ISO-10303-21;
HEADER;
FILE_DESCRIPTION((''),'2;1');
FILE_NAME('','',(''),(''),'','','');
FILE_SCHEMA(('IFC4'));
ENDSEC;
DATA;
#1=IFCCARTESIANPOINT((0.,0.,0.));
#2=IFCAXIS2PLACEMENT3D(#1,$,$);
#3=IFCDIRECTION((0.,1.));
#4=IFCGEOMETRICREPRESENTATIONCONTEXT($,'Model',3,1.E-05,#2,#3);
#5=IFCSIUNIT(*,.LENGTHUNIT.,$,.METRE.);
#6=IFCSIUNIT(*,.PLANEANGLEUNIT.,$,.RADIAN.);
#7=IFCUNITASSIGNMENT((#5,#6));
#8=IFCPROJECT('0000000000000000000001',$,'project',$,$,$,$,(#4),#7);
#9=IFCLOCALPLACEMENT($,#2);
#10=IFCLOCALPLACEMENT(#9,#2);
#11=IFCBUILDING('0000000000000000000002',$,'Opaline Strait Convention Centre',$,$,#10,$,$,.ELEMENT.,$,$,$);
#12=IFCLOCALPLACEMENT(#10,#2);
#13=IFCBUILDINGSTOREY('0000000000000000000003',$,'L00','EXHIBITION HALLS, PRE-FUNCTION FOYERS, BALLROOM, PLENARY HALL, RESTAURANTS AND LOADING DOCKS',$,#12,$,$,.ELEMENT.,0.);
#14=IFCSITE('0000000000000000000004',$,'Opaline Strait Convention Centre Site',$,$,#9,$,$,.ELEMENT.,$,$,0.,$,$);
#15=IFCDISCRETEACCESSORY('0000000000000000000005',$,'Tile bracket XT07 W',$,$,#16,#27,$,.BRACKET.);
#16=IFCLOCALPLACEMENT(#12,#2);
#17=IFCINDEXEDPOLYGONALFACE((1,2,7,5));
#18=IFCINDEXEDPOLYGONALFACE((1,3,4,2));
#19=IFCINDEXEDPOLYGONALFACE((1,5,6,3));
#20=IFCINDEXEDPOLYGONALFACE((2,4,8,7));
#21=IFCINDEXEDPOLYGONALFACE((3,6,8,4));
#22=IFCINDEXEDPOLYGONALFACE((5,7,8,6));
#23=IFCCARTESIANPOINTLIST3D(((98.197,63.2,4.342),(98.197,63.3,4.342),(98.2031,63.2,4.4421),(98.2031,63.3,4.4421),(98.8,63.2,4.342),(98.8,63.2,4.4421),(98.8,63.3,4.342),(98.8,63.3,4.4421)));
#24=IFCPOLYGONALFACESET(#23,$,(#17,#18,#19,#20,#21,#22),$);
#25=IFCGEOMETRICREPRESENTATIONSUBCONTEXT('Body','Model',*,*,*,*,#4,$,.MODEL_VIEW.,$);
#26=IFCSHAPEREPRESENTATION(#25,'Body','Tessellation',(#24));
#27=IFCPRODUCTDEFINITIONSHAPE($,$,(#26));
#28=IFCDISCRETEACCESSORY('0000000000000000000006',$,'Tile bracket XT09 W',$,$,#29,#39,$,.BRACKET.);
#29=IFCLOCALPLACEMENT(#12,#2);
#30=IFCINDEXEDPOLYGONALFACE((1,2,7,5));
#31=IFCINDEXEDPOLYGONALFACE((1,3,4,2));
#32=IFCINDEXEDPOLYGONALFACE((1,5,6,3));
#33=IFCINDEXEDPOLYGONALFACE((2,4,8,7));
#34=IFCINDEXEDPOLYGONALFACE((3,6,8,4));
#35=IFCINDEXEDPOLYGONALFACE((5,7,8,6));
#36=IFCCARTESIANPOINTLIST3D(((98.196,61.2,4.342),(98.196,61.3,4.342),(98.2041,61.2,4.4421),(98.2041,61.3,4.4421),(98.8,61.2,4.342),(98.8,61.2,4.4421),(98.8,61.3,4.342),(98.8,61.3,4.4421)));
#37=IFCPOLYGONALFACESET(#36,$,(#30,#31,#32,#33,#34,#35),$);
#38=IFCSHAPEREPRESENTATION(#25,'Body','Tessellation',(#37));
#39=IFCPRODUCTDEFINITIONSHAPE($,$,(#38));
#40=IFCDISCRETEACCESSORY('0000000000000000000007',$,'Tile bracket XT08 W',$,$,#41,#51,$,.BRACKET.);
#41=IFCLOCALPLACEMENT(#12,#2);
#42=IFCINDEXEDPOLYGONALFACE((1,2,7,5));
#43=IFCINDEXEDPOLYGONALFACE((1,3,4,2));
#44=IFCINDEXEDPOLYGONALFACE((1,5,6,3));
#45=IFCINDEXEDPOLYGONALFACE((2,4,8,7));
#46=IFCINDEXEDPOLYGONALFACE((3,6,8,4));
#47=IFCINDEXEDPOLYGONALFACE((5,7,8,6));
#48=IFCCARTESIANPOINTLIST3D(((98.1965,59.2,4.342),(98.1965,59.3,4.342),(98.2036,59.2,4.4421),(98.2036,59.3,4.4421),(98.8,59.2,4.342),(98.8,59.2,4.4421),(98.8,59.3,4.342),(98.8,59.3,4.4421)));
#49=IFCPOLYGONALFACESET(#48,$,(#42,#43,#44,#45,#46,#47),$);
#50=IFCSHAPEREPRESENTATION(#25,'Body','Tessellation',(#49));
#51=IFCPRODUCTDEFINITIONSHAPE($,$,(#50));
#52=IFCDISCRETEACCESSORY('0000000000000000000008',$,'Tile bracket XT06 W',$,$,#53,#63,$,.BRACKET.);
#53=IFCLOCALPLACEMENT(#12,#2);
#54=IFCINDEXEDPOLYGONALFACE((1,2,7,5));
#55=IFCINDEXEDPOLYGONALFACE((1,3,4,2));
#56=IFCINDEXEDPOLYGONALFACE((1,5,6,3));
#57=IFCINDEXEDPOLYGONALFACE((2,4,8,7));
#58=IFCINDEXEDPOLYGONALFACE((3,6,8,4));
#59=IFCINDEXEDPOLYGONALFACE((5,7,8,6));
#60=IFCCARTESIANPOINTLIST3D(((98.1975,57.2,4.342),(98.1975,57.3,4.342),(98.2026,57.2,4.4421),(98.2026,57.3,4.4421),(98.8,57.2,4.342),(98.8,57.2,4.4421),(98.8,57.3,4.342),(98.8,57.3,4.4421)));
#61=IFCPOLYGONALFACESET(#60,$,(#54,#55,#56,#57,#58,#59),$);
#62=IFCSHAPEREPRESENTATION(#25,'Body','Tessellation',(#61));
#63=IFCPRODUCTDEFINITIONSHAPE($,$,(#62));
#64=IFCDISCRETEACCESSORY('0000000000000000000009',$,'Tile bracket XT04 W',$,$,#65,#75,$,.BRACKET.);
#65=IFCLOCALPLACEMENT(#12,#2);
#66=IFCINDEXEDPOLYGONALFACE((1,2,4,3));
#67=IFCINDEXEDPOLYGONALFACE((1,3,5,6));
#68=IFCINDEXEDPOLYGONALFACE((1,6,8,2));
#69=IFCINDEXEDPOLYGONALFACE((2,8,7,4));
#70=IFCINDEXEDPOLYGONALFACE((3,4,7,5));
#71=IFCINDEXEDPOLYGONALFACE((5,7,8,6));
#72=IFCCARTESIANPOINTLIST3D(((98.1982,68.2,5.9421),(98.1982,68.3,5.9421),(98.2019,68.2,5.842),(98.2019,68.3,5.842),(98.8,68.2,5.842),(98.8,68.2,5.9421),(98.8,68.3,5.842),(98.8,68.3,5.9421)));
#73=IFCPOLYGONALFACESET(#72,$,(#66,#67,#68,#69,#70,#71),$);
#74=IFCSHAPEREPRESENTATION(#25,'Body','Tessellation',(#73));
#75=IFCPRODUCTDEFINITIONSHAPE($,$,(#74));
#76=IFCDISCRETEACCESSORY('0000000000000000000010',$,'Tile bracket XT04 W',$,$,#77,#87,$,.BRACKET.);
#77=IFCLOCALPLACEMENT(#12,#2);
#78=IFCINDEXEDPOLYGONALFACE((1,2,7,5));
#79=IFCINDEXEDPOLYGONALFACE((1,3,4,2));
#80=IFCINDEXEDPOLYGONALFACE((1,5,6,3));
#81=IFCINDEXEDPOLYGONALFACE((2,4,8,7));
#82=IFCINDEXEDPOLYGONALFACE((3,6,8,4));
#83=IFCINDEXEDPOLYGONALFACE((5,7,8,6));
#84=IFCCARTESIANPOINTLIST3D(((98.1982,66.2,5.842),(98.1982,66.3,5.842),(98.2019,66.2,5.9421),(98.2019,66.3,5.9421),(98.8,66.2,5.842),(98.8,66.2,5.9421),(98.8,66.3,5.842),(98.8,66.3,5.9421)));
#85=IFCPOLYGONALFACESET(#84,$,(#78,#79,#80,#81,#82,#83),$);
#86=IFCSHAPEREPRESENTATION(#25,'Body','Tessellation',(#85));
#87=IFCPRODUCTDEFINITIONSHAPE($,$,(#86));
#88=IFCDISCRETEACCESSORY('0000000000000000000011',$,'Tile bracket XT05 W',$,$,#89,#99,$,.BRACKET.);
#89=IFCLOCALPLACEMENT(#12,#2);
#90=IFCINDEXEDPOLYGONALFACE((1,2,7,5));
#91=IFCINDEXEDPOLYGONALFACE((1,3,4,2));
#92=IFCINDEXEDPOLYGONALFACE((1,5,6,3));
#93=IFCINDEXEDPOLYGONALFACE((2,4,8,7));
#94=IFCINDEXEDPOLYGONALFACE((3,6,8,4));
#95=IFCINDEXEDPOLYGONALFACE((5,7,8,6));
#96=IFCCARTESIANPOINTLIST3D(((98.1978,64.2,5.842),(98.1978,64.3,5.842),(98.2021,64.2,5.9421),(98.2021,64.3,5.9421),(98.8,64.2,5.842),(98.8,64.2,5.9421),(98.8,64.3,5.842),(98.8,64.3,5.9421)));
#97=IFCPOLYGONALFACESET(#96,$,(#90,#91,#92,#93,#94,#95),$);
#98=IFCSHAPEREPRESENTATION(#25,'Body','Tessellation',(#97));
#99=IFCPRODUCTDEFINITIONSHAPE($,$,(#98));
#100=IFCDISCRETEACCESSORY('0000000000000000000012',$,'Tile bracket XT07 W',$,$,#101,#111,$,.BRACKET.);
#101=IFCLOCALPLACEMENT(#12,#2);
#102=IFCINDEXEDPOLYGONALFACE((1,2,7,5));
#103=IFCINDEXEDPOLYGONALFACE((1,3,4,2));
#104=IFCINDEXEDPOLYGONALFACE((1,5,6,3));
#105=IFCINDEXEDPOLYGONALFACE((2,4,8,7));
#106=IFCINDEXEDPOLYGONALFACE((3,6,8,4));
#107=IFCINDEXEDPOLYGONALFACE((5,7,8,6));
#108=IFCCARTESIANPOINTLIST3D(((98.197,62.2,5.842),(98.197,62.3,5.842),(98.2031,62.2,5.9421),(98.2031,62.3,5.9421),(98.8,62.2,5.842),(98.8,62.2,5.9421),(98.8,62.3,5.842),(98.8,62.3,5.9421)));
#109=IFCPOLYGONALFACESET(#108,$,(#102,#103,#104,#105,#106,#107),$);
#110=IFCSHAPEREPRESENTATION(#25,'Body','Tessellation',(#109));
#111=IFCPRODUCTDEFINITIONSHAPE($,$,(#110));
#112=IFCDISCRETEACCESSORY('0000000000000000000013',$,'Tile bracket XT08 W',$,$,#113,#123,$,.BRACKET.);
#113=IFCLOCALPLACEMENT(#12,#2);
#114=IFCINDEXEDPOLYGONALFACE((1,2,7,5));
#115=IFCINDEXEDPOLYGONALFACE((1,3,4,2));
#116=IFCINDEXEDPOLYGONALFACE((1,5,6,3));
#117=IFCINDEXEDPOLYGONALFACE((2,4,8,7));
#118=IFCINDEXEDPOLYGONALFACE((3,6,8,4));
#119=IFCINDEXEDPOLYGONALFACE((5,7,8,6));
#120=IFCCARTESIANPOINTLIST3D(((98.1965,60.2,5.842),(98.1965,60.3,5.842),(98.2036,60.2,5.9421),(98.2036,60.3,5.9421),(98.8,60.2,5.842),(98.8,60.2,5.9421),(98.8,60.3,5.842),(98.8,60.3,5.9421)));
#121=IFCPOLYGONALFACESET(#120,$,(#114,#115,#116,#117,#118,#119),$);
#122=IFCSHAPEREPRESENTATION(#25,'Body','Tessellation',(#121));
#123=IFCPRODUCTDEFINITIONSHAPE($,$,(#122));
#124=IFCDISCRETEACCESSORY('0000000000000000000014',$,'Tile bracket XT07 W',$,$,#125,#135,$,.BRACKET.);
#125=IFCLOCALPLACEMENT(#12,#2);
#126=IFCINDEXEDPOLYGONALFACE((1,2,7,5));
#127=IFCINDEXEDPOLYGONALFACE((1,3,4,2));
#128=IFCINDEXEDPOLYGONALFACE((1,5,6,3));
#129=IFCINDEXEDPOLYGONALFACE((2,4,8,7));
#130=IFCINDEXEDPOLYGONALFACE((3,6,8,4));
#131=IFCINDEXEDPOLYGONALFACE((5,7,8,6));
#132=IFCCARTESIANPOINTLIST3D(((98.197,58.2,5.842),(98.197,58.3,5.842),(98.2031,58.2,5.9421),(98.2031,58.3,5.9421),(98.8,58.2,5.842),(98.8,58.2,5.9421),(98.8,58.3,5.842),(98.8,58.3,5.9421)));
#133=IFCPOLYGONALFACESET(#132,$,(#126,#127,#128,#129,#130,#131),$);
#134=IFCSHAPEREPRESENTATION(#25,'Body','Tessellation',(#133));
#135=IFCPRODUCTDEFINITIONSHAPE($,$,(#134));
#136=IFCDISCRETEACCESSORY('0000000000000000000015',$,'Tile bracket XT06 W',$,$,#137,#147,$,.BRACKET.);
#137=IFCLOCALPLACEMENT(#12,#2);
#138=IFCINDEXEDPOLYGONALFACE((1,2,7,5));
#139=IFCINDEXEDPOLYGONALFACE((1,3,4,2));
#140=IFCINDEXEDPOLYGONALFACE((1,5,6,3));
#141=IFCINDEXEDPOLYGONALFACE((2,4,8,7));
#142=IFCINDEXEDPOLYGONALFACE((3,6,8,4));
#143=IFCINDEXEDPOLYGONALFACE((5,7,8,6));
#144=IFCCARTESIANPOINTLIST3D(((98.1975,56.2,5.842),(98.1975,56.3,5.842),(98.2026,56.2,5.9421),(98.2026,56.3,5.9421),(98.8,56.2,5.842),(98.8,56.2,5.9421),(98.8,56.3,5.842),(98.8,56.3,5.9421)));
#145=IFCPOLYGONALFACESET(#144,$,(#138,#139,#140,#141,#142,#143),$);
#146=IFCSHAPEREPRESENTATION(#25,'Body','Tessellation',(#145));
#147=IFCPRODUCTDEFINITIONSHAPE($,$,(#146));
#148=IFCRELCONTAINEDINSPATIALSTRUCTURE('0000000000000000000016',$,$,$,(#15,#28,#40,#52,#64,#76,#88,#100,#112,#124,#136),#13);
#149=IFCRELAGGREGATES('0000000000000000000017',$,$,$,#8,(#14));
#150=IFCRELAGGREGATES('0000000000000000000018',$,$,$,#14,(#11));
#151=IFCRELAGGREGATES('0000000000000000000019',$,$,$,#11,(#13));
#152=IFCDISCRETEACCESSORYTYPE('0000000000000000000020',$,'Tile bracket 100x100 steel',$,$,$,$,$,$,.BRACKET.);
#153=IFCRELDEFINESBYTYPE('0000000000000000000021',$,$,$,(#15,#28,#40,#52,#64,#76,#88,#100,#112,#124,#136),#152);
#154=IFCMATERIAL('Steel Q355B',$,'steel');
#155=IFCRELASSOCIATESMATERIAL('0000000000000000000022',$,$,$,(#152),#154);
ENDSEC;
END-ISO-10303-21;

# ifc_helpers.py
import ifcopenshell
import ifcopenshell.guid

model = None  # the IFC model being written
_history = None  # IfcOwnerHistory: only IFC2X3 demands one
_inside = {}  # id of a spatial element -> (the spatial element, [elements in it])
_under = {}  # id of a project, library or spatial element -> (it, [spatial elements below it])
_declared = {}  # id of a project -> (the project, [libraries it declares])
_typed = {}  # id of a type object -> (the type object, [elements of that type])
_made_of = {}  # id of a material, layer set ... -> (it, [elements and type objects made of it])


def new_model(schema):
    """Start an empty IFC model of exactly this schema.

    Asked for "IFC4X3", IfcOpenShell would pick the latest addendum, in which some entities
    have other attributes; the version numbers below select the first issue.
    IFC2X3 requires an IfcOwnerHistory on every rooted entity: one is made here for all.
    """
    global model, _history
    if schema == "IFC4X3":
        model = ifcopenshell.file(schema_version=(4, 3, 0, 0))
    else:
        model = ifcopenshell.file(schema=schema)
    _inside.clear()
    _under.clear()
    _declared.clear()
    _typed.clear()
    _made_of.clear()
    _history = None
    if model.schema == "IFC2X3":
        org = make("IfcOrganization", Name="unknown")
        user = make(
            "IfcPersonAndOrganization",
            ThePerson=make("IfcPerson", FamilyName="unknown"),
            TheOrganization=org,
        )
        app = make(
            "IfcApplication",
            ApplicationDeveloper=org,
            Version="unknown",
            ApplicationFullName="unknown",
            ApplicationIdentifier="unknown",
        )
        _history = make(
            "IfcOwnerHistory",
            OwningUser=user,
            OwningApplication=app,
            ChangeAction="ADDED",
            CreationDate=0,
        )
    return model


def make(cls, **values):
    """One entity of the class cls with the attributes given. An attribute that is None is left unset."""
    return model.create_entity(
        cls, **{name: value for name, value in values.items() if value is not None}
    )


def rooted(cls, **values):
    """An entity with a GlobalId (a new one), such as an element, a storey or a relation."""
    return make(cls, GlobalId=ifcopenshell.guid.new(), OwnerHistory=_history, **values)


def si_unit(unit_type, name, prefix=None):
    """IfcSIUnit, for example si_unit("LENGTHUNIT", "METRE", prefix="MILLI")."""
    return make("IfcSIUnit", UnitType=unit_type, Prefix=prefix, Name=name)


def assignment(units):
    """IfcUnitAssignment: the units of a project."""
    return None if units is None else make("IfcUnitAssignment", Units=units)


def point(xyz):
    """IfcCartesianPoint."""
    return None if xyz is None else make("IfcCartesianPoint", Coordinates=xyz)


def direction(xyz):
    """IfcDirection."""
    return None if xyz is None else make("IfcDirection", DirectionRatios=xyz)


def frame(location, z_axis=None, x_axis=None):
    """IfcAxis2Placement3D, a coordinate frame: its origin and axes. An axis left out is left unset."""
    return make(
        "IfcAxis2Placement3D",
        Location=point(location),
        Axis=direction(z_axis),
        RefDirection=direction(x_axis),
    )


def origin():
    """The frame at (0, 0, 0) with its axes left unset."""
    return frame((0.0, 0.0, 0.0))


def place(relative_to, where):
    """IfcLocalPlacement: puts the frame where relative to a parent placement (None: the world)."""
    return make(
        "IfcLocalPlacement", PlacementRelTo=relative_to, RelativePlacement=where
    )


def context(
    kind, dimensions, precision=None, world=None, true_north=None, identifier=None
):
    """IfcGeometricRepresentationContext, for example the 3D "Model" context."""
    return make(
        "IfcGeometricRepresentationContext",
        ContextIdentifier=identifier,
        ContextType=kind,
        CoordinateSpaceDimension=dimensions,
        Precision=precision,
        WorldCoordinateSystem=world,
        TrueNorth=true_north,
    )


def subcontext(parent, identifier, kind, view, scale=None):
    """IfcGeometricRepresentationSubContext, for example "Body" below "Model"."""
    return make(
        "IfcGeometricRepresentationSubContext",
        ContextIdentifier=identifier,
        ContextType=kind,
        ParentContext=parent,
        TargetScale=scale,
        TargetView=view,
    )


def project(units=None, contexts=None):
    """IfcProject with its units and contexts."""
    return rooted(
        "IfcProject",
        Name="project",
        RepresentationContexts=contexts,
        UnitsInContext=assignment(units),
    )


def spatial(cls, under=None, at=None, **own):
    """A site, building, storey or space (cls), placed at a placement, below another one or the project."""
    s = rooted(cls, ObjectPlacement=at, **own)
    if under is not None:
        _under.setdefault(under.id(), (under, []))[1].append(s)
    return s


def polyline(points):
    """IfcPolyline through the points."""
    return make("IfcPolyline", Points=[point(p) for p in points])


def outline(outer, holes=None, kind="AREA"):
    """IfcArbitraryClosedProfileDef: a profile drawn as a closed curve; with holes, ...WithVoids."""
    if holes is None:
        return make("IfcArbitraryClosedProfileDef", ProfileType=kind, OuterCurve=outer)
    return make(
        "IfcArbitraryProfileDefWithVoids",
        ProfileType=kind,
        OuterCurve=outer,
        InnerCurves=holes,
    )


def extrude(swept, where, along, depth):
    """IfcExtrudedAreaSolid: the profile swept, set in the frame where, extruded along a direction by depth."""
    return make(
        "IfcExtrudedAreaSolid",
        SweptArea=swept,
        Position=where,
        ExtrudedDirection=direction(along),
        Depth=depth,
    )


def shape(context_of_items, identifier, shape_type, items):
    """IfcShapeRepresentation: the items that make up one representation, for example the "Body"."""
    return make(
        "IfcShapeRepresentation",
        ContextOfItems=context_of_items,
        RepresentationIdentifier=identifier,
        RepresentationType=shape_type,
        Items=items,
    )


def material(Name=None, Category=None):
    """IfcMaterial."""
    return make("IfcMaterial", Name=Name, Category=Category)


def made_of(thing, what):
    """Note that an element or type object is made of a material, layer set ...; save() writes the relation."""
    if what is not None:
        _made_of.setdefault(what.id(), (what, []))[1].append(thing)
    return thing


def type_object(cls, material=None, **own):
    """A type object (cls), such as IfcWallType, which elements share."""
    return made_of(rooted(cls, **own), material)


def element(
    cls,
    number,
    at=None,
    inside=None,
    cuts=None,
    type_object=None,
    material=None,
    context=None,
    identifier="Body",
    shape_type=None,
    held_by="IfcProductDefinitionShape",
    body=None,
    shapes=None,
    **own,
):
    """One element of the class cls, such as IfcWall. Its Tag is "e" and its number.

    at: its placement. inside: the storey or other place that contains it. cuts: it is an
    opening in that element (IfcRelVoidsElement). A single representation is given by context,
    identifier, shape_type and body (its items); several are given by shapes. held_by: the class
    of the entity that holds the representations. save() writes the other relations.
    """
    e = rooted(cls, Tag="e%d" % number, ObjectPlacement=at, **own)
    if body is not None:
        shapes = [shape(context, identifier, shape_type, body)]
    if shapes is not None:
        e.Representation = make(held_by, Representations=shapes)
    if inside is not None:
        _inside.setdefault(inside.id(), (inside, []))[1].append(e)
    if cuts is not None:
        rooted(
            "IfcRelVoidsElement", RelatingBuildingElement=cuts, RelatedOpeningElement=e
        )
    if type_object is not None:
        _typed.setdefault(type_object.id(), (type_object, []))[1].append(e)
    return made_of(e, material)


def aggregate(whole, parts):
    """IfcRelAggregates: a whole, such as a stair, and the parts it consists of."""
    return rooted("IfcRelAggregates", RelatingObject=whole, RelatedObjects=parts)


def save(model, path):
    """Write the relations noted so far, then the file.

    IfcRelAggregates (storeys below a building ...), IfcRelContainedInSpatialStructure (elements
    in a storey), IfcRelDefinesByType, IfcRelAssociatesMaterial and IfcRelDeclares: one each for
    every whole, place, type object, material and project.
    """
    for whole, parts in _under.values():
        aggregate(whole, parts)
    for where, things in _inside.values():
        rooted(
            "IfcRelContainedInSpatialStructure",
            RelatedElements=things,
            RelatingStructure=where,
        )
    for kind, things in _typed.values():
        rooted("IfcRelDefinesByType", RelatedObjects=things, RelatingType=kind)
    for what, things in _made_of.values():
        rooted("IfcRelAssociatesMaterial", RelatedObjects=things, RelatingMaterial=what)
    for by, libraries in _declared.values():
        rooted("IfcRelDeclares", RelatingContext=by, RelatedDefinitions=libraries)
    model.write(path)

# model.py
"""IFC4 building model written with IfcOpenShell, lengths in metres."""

from ifc_helpers import new_model, si_unit, direction, frame, origin, place, context, subcontext, project, spatial, polyline, outline, extrude, material, type_object, element, save


model = new_model("IFC4")

# Units and contexts
model_context = context("Model", 3, precision=1e-05, world=origin(), true_north=direction((0.0, 1.0)))
body_context = subcontext(model_context, "Body", "Model", "MODEL_VIEW")
ifc_project = project(units=[si_unit("LENGTHUNIT", "METRE"), si_unit("PLANEANGLEUNIT", "RADIAN")], contexts=[model_context])

# Site, building, storey
site_placement = place(None, origin())
site = spatial("IfcSite", under=ifc_project, at=site_placement, Name="Opaline Strait Convention Centre Site", CompositionType="ELEMENT", RefElevation=0.0)
building_placement = place(site_placement, origin())
building = spatial("IfcBuilding", under=site, at=building_placement, Name="Opaline Strait Convention Centre", CompositionType="ELEMENT")
storey_placement = place(building_placement, origin())
storey = spatial("IfcBuildingStorey", under=building, at=storey_placement, Name="L00", Description="EXHIBITION HALLS, PRE-FUNCTION FOYERS, BALLROOM, PLENARY HALL, RESTAURANTS AND LOADING DOCKS", CompositionType="ELEMENT", Elevation=0.0)

# Shared definitions
ifc_material_1 = material(Name="Steel Q355B", Category="steel")

# Discrete accessories
discrete_accessory_type = type_object("IfcDiscreteAccessoryType", Name="Tile bracket 100x100 steel", PredefinedType="BRACKET", material=ifc_material_1)
discrete_accessory_1_placement = place(storey_placement, frame((98.8, 63.3, 4.3921), z_axis=(0.0, -1.0, 0.0), x_axis=(1.0, 0.0, 0.0)))
element("IfcDiscreteAccessory", 1, at=discrete_accessory_1_placement, inside=storey, type_object=discrete_accessory_type, Name="Tile bracket XT07 W", PredefinedType="BRACKET", context=body_context, shape_type="SweptSolid", body=[
    extrude(outline(polyline([(0.0, -0.05), (0.0, 0.05), (-0.5969, 0.05), (-0.603, -0.05), (0.0, -0.05)])), origin(), (0.0, 0.0, 1.0), 0.1001),
])
discrete_accessory_2_placement = place(storey_placement, frame((98.8, 61.3, 4.3921), z_axis=(0.0, -1.0, 0.0), x_axis=(1.0, 0.0, 0.0)))
element("IfcDiscreteAccessory", 2, at=discrete_accessory_2_placement, inside=storey, type_object=discrete_accessory_type, Name="Tile bracket XT09 W", PredefinedType="BRACKET", context=body_context, shape_type="SweptSolid", body=[
    extrude(outline(polyline([(0.0, -0.05), (0.0, 0.05), (-0.5959, 0.05), (-0.604, -0.05), (0.0, -0.05)])), origin(), (0.0, 0.0, 1.0), 0.1001),
])
discrete_accessory_3_placement = place(storey_placement, frame((98.8, 59.3, 4.3921), z_axis=(0.0, -1.0, 0.0), x_axis=(1.0, 0.0, 0.0)))
element("IfcDiscreteAccessory", 3, at=discrete_accessory_3_placement, inside=storey, type_object=discrete_accessory_type, Name="Tile bracket XT08 W", PredefinedType="BRACKET", context=body_context, shape_type="SweptSolid", body=[
    extrude(outline(polyline([(0.0, -0.05), (0.0, 0.05), (-0.5964, 0.05), (-0.6035, -0.05), (0.0, -0.05)])), origin(), (0.0, 0.0, 1.0), 0.1001),
])
discrete_accessory_4_placement = place(storey_placement, frame((98.8, 57.3, 4.3921), z_axis=(0.0, -1.0, 0.0), x_axis=(1.0, 0.0, 0.0)))
element("IfcDiscreteAccessory", 4, at=discrete_accessory_4_placement, inside=storey, type_object=discrete_accessory_type, Name="Tile bracket XT06 W", PredefinedType="BRACKET", context=body_context, shape_type="SweptSolid", body=[
    extrude(outline(polyline([(0.0, -0.05), (0.0, 0.05), (-0.5974, 0.05), (-0.6025, -0.05), (0.0, -0.05)])), origin(), (0.0, 0.0, 1.0), 0.1001),
])
discrete_accessory_5_placement = place(storey_placement, frame((98.8, 68.3, 5.8921), z_axis=(0.0, -1.0, 0.0), x_axis=(1.0, 0.0, 0.0)))
element("IfcDiscreteAccessory", 5, at=discrete_accessory_5_placement, inside=storey, type_object=discrete_accessory_type, Name="Tile bracket XT04 W", PredefinedType="BRACKET", context=body_context, shape_type="SweptSolid", body=[
    extrude(outline(polyline([(0.0, -0.05), (0.0, 0.05), (-0.6018, 0.05), (-0.5981, -0.05), (0.0, -0.05)])), origin(), (0.0, 0.0, 1.0), 0.1001),
])
discrete_accessory_6_placement = place(storey_placement, frame((98.8, 66.3, 5.8921), z_axis=(0.0, -1.0, 0.0), x_axis=(1.0, 0.0, 0.0)))
element("IfcDiscreteAccessory", 6, at=discrete_accessory_6_placement, inside=storey, type_object=discrete_accessory_type, Name="Tile bracket XT04 W", PredefinedType="BRACKET", context=body_context, shape_type="SweptSolid", body=[
    extrude(outline(polyline([(0.0, -0.05), (0.0, 0.05), (-0.5981, 0.05), (-0.6018, -0.05), (0.0, -0.05)])), origin(), (0.0, 0.0, 1.0), 0.1001),
])
discrete_accessory_7_placement = place(storey_placement, frame((98.8, 64.3, 5.8921), z_axis=(0.0, -1.0, 0.0), x_axis=(1.0, 0.0, 0.0)))
element("IfcDiscreteAccessory", 7, at=discrete_accessory_7_placement, inside=storey, type_object=discrete_accessory_type, Name="Tile bracket XT05 W", PredefinedType="BRACKET", context=body_context, shape_type="SweptSolid", body=[
    extrude(outline(polyline([(0.0, -0.05), (0.0, 0.05), (-0.5979, 0.05), (-0.6023, -0.05), (0.0, -0.05)])), origin(), (0.0, 0.0, 1.0), 0.1001),
])
discrete_accessory_8_placement = place(storey_placement, frame((98.8, 62.3, 5.8921), z_axis=(0.0, -1.0, 0.0), x_axis=(1.0, 0.0, 0.0)))
element("IfcDiscreteAccessory", 8, at=discrete_accessory_8_placement, inside=storey, type_object=discrete_accessory_type, Name="Tile bracket XT07 W", PredefinedType="BRACKET", context=body_context, shape_type="SweptSolid", body=[
    extrude(outline(polyline([(0.0, -0.05), (0.0, 0.05), (-0.5969, 0.05), (-0.603, -0.05), (0.0, -0.05)])), origin(), (0.0, 0.0, 1.0), 0.1001),
])
discrete_accessory_9_placement = place(storey_placement, frame((98.8, 60.3, 5.8921), z_axis=(0.0, -1.0, 0.0), x_axis=(1.0, 0.0, 0.0)))
element("IfcDiscreteAccessory", 9, at=discrete_accessory_9_placement, inside=storey, type_object=discrete_accessory_type, Name="Tile bracket XT08 W", PredefinedType="BRACKET", context=body_context, shape_type="SweptSolid", body=[
    extrude(outline(polyline([(0.0, -0.05), (0.0, 0.05), (-0.5964, 0.05), (-0.6035, -0.05), (0.0, -0.05)])), origin(), (0.0, 0.0, 1.0), 0.1001),
])
discrete_accessory_10_placement = place(storey_placement, frame((98.8, 58.3, 5.8921), z_axis=(0.0, -1.0, 0.0), x_axis=(1.0, 0.0, 0.0)))
element("IfcDiscreteAccessory", 10, at=discrete_accessory_10_placement, inside=storey, type_object=discrete_accessory_type, Name="Tile bracket XT07 W", PredefinedType="BRACKET", context=body_context, shape_type="SweptSolid", body=[
    extrude(outline(polyline([(0.0, -0.05), (0.0, 0.05), (-0.5969, 0.05), (-0.603, -0.05), (0.0, -0.05)])), origin(), (0.0, 0.0, 1.0), 0.1001),
])
discrete_accessory_11_placement = place(storey_placement, frame((98.8, 56.3, 5.8921), z_axis=(0.0, -1.0, 0.0), x_axis=(1.0, 0.0, 0.0)))
element("IfcDiscreteAccessory", 11, at=discrete_accessory_11_placement, inside=storey, type_object=discrete_accessory_type, Name="Tile bracket XT06 W", PredefinedType="BRACKET", context=body_context, shape_type="SweptSolid", body=[
    extrude(outline(polyline([(0.0, -0.05), (0.0, 0.05), (-0.5974, 0.05), (-0.6025, -0.05), (0.0, -0.05)])), origin(), (0.0, 0.0, 1.0), 0.1001),
])

save(model, "model.ifc")
